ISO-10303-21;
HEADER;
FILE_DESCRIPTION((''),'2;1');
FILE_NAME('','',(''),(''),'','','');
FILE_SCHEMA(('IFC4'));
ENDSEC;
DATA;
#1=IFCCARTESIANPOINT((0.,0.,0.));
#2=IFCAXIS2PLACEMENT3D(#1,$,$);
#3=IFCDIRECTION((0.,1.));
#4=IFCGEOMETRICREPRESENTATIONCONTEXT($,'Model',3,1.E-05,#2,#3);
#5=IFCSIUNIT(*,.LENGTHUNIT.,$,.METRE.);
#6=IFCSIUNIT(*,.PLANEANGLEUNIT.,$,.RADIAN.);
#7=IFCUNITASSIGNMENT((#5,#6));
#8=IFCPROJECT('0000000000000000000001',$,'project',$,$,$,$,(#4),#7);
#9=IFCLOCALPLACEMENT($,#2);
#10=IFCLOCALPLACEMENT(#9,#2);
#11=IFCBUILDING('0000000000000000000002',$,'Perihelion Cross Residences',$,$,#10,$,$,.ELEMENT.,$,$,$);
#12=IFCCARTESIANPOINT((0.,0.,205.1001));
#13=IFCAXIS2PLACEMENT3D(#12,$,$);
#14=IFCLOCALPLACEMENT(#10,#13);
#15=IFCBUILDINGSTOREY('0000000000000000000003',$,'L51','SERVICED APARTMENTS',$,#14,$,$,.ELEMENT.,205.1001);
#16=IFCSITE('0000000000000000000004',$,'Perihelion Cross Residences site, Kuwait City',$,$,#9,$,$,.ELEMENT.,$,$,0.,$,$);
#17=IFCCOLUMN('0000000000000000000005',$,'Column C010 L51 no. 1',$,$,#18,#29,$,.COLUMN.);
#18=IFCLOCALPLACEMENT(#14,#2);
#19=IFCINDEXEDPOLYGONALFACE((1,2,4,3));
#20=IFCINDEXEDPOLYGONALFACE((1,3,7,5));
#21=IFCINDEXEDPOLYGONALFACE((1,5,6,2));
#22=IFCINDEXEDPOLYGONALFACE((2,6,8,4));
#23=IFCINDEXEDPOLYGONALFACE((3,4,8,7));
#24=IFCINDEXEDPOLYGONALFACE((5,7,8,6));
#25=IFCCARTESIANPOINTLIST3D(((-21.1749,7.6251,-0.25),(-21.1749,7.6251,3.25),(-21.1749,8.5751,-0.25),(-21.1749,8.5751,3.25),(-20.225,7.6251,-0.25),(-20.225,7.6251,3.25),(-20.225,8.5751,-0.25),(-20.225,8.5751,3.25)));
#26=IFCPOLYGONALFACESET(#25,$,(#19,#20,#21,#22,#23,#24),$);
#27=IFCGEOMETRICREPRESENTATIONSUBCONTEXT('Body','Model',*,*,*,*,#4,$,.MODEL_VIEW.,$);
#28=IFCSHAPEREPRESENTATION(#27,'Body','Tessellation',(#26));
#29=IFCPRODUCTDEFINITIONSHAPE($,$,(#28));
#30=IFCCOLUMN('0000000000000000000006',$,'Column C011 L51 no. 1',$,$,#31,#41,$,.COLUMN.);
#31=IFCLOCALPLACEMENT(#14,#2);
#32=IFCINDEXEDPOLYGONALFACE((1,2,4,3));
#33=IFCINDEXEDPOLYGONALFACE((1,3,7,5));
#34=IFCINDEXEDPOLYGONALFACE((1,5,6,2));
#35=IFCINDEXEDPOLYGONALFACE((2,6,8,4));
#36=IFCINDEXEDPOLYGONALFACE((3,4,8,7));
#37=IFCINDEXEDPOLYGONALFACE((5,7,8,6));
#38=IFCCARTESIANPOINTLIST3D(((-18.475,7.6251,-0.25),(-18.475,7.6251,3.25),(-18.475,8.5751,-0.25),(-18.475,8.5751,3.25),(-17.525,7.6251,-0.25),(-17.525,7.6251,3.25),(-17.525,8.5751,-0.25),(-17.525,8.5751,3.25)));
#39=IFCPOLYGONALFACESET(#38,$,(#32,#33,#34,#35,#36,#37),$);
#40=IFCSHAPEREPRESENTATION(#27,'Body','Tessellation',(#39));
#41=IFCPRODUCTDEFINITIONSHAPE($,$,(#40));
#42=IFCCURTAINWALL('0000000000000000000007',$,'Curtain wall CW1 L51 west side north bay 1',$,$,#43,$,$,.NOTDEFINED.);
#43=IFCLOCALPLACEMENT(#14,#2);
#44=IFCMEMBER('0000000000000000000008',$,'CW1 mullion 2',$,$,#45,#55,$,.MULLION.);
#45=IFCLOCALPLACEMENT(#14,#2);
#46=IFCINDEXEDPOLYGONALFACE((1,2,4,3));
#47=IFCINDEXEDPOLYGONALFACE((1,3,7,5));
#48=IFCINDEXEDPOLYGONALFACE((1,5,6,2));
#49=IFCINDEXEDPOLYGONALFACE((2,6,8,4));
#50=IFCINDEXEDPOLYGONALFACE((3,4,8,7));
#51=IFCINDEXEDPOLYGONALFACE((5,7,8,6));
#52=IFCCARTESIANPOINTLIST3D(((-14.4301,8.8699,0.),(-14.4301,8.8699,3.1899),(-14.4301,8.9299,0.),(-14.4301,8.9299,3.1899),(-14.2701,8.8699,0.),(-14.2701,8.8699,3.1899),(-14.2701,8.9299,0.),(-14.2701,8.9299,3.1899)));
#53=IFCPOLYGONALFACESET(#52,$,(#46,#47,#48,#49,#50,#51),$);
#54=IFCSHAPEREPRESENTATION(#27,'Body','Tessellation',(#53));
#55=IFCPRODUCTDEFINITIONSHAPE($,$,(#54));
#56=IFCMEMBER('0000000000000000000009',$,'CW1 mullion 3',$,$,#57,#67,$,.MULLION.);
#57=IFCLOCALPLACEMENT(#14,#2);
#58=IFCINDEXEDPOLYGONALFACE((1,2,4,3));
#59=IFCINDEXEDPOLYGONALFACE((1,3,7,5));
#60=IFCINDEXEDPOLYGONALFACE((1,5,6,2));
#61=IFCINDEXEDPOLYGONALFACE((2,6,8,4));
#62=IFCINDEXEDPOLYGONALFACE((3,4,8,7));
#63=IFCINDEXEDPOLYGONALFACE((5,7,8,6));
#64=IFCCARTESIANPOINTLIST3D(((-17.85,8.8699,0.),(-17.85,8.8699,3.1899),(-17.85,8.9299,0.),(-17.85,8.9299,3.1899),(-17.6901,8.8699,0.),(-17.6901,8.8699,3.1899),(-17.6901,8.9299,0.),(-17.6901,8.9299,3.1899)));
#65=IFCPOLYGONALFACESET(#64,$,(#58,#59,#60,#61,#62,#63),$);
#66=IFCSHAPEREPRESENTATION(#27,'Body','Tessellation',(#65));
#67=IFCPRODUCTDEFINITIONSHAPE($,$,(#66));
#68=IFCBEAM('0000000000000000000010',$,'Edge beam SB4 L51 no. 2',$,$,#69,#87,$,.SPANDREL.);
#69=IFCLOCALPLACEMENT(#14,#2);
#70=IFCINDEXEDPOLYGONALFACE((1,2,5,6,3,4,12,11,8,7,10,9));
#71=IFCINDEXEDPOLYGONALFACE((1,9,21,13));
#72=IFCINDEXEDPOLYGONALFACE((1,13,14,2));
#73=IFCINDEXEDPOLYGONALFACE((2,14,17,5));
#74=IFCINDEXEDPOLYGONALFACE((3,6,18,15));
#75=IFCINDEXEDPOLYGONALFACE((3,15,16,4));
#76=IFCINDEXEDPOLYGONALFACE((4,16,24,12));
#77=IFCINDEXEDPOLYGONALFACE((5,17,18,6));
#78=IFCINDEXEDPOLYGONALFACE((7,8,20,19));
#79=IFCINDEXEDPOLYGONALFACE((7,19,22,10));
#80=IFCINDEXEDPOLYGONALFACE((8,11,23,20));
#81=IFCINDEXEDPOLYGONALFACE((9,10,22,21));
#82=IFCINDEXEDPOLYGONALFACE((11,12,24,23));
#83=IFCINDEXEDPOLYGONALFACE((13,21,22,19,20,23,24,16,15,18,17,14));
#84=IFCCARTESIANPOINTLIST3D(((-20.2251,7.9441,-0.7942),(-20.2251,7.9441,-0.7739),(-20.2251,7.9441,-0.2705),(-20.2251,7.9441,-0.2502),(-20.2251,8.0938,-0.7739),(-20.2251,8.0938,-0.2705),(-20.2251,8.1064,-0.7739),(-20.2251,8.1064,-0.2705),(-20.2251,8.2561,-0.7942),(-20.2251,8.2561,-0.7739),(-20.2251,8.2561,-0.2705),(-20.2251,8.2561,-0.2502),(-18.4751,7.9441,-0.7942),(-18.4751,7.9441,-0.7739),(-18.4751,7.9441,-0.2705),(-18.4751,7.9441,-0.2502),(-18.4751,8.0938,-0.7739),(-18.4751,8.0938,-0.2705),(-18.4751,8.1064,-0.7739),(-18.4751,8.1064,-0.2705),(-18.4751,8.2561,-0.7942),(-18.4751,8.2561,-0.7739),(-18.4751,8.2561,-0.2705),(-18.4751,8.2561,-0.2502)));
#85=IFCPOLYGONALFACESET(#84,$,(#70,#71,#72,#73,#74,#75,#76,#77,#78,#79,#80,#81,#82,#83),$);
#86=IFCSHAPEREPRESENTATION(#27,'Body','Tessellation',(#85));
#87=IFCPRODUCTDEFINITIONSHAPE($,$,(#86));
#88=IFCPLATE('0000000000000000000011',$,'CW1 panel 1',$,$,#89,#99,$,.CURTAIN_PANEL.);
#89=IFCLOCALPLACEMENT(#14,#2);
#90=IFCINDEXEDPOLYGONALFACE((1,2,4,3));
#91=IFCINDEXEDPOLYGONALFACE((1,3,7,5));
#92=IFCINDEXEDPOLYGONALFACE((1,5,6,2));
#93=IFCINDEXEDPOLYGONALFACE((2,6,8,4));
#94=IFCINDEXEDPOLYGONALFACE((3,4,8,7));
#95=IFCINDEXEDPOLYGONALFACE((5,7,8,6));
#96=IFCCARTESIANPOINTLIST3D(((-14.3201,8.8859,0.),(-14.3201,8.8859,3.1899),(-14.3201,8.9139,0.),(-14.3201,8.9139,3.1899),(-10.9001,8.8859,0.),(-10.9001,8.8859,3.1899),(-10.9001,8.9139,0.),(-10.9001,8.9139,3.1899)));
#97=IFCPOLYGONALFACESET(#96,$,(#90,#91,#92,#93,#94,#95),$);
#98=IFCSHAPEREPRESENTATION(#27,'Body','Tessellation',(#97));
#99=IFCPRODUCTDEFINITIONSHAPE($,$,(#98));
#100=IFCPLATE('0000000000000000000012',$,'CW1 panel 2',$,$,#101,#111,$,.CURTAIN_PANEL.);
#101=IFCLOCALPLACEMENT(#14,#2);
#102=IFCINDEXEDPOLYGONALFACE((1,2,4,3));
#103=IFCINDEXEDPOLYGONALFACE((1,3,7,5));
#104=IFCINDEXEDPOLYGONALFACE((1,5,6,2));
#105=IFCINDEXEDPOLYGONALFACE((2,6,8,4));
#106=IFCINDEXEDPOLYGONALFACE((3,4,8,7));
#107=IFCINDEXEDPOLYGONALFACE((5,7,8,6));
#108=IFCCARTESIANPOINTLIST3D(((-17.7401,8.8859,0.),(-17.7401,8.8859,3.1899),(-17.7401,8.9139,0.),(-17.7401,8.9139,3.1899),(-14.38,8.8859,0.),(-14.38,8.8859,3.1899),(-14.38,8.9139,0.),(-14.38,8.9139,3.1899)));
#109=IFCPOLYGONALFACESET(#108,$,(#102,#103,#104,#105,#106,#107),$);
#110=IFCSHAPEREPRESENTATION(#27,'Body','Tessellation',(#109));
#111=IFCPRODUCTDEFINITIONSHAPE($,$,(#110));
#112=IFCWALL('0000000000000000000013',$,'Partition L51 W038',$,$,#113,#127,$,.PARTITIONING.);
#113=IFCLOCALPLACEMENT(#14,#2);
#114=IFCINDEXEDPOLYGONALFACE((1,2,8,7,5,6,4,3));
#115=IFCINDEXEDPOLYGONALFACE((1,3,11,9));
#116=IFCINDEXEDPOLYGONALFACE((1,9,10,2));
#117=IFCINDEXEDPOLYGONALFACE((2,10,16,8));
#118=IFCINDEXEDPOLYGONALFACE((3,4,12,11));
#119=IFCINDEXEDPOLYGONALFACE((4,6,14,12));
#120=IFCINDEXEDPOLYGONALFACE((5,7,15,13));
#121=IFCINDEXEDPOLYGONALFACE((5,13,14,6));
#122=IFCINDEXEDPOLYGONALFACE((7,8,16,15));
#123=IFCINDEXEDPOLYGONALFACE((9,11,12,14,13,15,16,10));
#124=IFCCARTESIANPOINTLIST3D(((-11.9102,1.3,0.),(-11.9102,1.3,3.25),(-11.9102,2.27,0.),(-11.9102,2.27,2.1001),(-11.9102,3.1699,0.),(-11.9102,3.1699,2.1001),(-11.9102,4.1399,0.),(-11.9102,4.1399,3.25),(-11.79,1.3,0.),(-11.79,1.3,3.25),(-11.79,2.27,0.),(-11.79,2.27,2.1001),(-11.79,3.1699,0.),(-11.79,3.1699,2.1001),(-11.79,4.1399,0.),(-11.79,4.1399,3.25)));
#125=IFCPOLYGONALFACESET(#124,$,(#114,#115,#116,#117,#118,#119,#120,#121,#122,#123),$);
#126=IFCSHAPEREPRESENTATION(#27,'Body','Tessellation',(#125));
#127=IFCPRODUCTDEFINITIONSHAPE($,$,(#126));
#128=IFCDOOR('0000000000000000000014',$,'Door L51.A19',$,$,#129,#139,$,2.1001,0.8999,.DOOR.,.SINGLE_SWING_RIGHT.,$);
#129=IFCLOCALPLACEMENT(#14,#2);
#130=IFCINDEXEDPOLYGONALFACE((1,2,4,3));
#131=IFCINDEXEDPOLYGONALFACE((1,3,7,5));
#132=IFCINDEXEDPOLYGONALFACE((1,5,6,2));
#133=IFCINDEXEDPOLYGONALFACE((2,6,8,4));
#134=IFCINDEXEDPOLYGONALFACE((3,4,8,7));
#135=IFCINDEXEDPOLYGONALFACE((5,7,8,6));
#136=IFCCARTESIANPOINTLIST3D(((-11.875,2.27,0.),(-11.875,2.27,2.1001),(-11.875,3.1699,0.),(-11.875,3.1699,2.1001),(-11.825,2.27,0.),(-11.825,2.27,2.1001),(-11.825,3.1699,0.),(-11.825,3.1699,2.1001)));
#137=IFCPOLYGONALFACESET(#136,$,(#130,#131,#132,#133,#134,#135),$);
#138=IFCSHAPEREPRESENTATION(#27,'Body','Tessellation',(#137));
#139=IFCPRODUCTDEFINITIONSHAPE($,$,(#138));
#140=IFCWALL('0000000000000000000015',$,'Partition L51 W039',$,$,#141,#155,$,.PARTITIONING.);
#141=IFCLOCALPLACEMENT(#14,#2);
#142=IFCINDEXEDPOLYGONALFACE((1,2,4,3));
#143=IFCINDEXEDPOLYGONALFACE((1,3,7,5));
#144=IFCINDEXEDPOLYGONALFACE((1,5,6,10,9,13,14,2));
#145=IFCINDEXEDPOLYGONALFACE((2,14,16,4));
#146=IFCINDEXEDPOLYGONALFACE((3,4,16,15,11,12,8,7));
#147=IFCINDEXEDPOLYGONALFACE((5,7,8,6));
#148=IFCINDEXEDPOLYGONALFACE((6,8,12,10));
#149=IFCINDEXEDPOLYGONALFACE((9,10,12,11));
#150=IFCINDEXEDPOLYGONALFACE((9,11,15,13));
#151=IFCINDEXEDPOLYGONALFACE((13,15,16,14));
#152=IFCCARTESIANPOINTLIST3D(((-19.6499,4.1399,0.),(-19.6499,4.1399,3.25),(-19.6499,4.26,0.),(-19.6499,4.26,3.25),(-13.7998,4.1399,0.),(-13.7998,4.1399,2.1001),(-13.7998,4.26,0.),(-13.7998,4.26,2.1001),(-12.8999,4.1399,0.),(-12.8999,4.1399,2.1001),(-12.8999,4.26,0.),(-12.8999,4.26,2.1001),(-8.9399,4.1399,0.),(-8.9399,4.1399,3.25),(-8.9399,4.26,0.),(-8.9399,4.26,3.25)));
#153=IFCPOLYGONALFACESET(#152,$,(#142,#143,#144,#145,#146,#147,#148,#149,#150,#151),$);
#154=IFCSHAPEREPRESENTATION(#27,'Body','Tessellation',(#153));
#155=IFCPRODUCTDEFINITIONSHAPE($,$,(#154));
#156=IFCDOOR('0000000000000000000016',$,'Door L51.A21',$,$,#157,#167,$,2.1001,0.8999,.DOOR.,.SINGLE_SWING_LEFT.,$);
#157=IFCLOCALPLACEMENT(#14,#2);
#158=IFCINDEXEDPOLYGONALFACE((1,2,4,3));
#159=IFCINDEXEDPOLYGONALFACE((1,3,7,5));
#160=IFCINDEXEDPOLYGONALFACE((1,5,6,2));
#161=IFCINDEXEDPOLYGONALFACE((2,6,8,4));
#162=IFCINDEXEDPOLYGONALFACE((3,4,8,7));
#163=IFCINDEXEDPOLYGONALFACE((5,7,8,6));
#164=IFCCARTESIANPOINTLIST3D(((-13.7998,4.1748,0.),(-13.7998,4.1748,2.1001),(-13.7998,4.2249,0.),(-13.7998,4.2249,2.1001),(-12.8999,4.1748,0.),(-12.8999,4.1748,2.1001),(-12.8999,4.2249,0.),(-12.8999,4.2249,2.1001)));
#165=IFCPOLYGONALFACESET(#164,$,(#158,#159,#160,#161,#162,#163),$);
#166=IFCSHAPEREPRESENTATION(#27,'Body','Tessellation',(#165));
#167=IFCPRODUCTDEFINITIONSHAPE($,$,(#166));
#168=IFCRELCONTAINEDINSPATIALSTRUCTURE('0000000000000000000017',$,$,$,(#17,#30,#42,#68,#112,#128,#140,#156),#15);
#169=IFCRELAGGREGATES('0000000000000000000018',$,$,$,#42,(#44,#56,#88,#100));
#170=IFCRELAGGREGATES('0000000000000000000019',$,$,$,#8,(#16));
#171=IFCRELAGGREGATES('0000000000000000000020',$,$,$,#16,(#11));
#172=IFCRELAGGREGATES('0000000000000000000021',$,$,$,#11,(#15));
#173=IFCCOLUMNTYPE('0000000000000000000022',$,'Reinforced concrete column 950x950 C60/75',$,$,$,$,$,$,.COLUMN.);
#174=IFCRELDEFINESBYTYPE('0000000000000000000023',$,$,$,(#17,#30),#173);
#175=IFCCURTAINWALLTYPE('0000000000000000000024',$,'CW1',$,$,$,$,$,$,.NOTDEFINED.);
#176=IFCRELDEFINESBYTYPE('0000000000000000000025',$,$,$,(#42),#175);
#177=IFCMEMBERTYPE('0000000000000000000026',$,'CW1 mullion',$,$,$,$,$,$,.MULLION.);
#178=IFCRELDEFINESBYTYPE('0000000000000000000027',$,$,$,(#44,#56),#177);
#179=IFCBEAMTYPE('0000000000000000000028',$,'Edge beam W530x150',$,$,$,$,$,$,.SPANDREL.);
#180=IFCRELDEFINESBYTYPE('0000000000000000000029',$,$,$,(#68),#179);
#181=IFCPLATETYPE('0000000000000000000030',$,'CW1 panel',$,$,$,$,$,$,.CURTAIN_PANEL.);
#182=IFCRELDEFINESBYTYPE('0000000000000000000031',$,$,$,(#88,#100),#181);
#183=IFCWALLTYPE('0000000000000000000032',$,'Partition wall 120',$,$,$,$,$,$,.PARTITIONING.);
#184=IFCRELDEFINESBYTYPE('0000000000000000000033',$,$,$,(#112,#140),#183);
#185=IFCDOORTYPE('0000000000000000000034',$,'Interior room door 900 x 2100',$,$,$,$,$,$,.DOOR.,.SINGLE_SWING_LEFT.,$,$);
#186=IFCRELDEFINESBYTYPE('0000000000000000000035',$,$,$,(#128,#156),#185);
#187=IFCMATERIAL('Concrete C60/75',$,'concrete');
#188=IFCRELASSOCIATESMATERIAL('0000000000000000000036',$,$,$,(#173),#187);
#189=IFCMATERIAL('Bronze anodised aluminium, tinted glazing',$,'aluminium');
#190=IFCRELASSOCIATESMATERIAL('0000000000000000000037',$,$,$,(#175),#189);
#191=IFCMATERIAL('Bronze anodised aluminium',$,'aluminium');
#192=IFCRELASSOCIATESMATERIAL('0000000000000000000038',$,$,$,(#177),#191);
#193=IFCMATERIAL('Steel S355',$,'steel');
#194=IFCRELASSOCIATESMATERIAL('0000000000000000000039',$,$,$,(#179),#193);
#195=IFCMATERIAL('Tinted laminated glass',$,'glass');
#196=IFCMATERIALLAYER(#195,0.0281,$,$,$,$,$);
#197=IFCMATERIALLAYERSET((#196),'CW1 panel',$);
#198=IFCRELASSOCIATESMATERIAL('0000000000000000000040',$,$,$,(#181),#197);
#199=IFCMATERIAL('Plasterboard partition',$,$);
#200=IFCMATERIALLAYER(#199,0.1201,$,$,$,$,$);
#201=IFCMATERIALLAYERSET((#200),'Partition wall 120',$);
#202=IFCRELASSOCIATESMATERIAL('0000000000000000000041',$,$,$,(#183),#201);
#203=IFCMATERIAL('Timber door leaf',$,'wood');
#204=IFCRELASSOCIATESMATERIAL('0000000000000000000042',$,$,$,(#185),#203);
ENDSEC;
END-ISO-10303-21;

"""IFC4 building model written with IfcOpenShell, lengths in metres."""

from ifc_helpers import new_model, si_unit, direction, frame, frame_2d, origin, origin_2d, place, context, subcontext, project, spatial, rectangle, i_section, extrude, material, layer, layer_set, material_profile, profile_set, type_object, element, fill, aggregate, save


model = new_model("IFC4")

# Units and contexts
model_context = context("Model", 3, precision=1e-05, world=origin(), true_north=direction((0.0, 1.0)))
body_context = subcontext(model_context, "Body", "Model", "MODEL_VIEW")
ifc_project = project(units=[si_unit("LENGTHUNIT", "METRE"), si_unit("PLANEANGLEUNIT", "RADIAN")], contexts=[model_context])

# Site, building, storey
site_placement = place(None, origin())
site = spatial("IfcSite", under=ifc_project, at=site_placement, Name="Perihelion Cross Residences site, Kuwait City", CompositionType="ELEMENT", RefElevation=0.0)
building_placement = place(site_placement, origin())
building = spatial("IfcBuilding", under=site, at=building_placement, Name="Perihelion Cross Residences", CompositionType="ELEMENT")
storey_placement = place(building_placement, frame((0.0, 0.0, 205.1001)))
storey = spatial("IfcBuildingStorey", under=building, at=storey_placement, Name="L51", Description="SERVICED APARTMENTS", CompositionType="ELEMENT", Elevation=205.1001)

# Columns
ifc_material_1 = material(Name="Concrete C60/75", Category="concrete")
ifc_material_profile_1 = material_profile(ifc_material_1, rectangle(XDim=0.95, YDim=0.95, at=origin_2d()), Name="RC 950x950")
ifc_profile_set_1 = profile_set([ifc_material_profile_1], Name="Concrete C60/75")
column_type = type_object("IfcColumnType", Name="Reinforced concrete column 950x950 C60/75", PredefinedType="COLUMN", material=ifc_profile_set_1)
for number, where, z_axis, x_axis, name in (
    (1, (-20.7, 8.1001, -0.25), (0.0, 0.0, 1.0), (1.0, 0.0, 0.0), "Column C010 L51 no. 1"),
    (2, (-18.0, 8.1001, -0.25), (0.0, 0.0, 1.0), (1.0, 0.0, 0.0), "Column C011 L51 no. 1"),
):
    element("IfcColumn", number, at=place(storey_placement, frame(where, z_axis=z_axis, x_axis=x_axis)), inside=storey, type_object=column_type, Name=name, PredefinedType="COLUMN", context=body_context, shape_type="SweptSolid", body=[
        extrude(rectangle(XDim=0.95, YDim=0.95, at=origin_2d()), origin(), (0.0, 0.0, 1.0), 3.5),
    ])

# Curtain wall, members
ifc_material_2 = material(Name="Bronze anodised aluminium, tinted glazing", Category="aluminium")
curtain_wall_type = type_object("IfcCurtainWallType", Name="CW1", PredefinedType="NOTDEFINED", material=ifc_material_2)
curtain_wall_placement = place(storey_placement, origin())
curtain_wall = element("IfcCurtainWall", 3, at=curtain_wall_placement, inside=storey, type_object=curtain_wall_type, Name="Curtain wall CW1 L51 west side north bay 1", PredefinedType="NOTDEFINED")
ifc_material_3 = material(Name="Bronze anodised aluminium", Category="aluminium")
ifc_material_profile_2 = material_profile(ifc_material_3, rectangle(XDim=0.0601, YDim=0.1599, at=origin_2d()), Name="CW1 mullion")
ifc_profile_set_2 = profile_set([ifc_material_profile_2], Name="Bronze anodised aluminium")
member_type = type_object("IfcMemberType", Name="CW1 mullion", PredefinedType="MULLION", material=ifc_profile_set_2)
member_1_placement = place(storey_placement, frame((-14.3501, 8.8999, 0.0), z_axis=(0.0, 0.0, 1.0), x_axis=(0.0, -1.0, 0.0)))
member_1 = element("IfcMember", 4, at=member_1_placement, type_object=member_type, Name="CW1 mullion 2", PredefinedType="MULLION", context=body_context, shape_type="SweptSolid", body=[
    extrude(rectangle(XDim=0.0601, YDim=0.1599, at=origin_2d()), origin(), (0.0, 0.0, 1.0), 3.1899),
])
member_2_placement = place(storey_placement, frame((-17.77, 8.8999, 0.0), z_axis=(0.0, 0.0, 1.0), x_axis=(0.0, -1.0, 0.0)))
member_2 = element("IfcMember", 5, at=member_2_placement, type_object=member_type, Name="CW1 mullion 3", PredefinedType="MULLION", context=body_context, shape_type="SweptSolid", body=[
    extrude(rectangle(XDim=0.0601, YDim=0.1599, at=origin_2d()), origin(), (0.0, 0.0, 1.0), 3.1899),
])

# Beam
ifc_material_4 = material(Name="Steel S355", Category="steel")
ifc_material_profile_3 = material_profile(ifc_material_4, i_section(OverallWidth=0.312, OverallDepth=0.5439, WebThickness=0.0127, FlangeThickness=0.0203, at=origin_2d()), Name="W530x150")
ifc_profile_set_3 = profile_set([ifc_material_profile_3], Name="Steel S355")
beam_type = type_object("IfcBeamType", Name="Edge beam W530x150", PredefinedType="SPANDREL", material=ifc_profile_set_3)
beam_placement = place(storey_placement, frame((-18.4751, 8.1001, -0.5222), z_axis=(-1.0, 0.0, 0.0), x_axis=(0.0, -1.0, 0.0)))
element("IfcBeam", 6, at=beam_placement, inside=storey, type_object=beam_type, Name="Edge beam SB4 L51 no. 2", PredefinedType="SPANDREL", context=body_context, shape_type="SweptSolid", body=[
    extrude(i_section(OverallWidth=0.312, OverallDepth=0.5439, WebThickness=0.0127, FlangeThickness=0.0203, at=origin_2d()), origin(), (0.0, 0.0, 1.0), 1.75),
])

# Plates
ifc_material_5 = material(Name="Tinted laminated glass", Category="glass")
ifc_layer_1 = layer(ifc_material_5, 0.0281)
ifc_layer_set_1 = layer_set([ifc_layer_1], Name="CW1 panel")
plate_type = type_object("IfcPlateType", Name="CW1 panel", PredefinedType="CURTAIN_PANEL", material=ifc_layer_set_1)
plate_1_placement = place(storey_placement, frame((-12.6101, 8.8999, 0.0), z_axis=(0.0, 0.0, 1.0), x_axis=(-1.0, 0.0, 0.0)))
plate_1 = element("IfcPlate", 7, at=plate_1_placement, type_object=plate_type, Name="CW1 panel 1", PredefinedType="CURTAIN_PANEL", context=body_context, shape_type="SweptSolid", body=[
    extrude(rectangle(XDim=3.4199, YDim=0.0281, at=origin_2d()), origin(), (0.0, 0.0, 1.0), 3.1899),
])
plate_2_placement = place(storey_placement, frame((-16.0601, 8.8999, 0.0), z_axis=(0.0, 0.0, 1.0), x_axis=(-1.0, 0.0, 0.0)))
plate_2 = element("IfcPlate", 8, at=plate_2_placement, type_object=plate_type, Name="CW1 panel 2", PredefinedType="CURTAIN_PANEL", context=body_context, shape_type="SweptSolid", body=[
    extrude(rectangle(XDim=3.3601, YDim=0.0281, at=origin_2d()), origin(), (0.0, 0.0, 1.0), 3.1899),
])
aggregate(curtain_wall, [member_1, member_2, plate_1, plate_2])

# Walls, openings, doors
ifc_material_6 = material(Name="Plasterboard partition")
ifc_layer_2 = layer(ifc_material_6, 0.1201)
ifc_layer_set_2 = layer_set([ifc_layer_2], Name="Partition wall 120")
wall_type_1 = type_object("IfcWallType", Name="Partition wall 120", PredefinedType="PARTITIONING", material=ifc_layer_set_2)
wall_1_placement = place(storey_placement, frame((-11.8501, 1.3, 0.0), z_axis=(0.0, 0.0, 1.0), x_axis=(0.0, 1.0, 0.0)))
wall_1 = element("IfcWall", 9, at=wall_1_placement, inside=storey, type_object=wall_type_1, Name="Partition L51 W038", PredefinedType="PARTITIONING", context=body_context, shape_type="SweptSolid", body=[
    extrude(rectangle(XDim=2.8398, YDim=0.1201, at=frame_2d((1.4199, 0.0))), origin(), (0.0, 0.0, 1.0), 3.25),
])
opening_1_placement = place(wall_1_placement, frame((0.97, 0.0, 0.0)))
opening_1 = element("IfcOpeningElement", 10, at=opening_1_placement, cuts=wall_1, PredefinedType="OPENING", context=body_context, shape_type="SweptSolid", body=[
    extrude(rectangle(XDim=0.8999, YDim=2.1001, at=frame_2d((0.45, 1.05))), frame((0.0, 0.0701, 0.0), z_axis=(0.0, -1.0, 0.0), x_axis=(1.0, 0.0, 0.0)), (0.0, 0.0, 1.0), 0.1401),
])
ifc_material_7 = material(Name="Timber door leaf", Category="wood")
door_type_1 = type_object("IfcDoorType", Name="Interior room door 900 x 2100", OperationType="SINGLE_SWING_LEFT", PredefinedType="DOOR", material=ifc_material_7)
door_1_placement = place(opening_1_placement, origin())
door_1 = element("IfcDoor", 11, at=door_1_placement, inside=storey, type_object=door_type_1, Name="Door L51.A19", OperationType="SINGLE_SWING_RIGHT", OverallHeight=2.1001, OverallWidth=0.8999, PredefinedType="DOOR", context=body_context, shape_type="SweptSolid", body=[
    extrude(rectangle(XDim=0.8999, YDim=2.1001, at=frame_2d((0.45, 1.05))), frame((0.0, 0.0249, 0.0), z_axis=(0.0, -1.0, 0.0), x_axis=(1.0, 0.0, 0.0)), (0.0, 0.0, 1.0), 0.05),
])
fill(opening_1, door_1)
wall_2_placement = place(storey_placement, frame((-19.6499, 4.2, 0.0), z_axis=(0.0, 0.0, 1.0), x_axis=(1.0, 0.0, 0.0)))
wall_2 = element("IfcWall", 12, at=wall_2_placement, inside=storey, type_object=wall_type_1, Name="Partition L51 W039", PredefinedType="PARTITIONING", context=body_context, shape_type="SweptSolid", body=[
    extrude(rectangle(XDim=10.71, YDim=0.1201, at=frame_2d((5.355, 0.0))), origin(), (0.0, 0.0, 1.0), 3.25),
])
opening_2_placement = place(wall_2_placement, frame((5.8501, 0.0, 0.0)))
opening_2 = element("IfcOpeningElement", 13, at=opening_2_placement, cuts=wall_2, PredefinedType="OPENING", context=body_context, shape_type="SweptSolid", body=[
    extrude(rectangle(XDim=0.8999, YDim=2.1001, at=frame_2d((0.45, 1.05))), frame((0.0, 0.0701, 0.0), z_axis=(0.0, -1.0, 0.0), x_axis=(1.0, 0.0, 0.0)), (0.0, 0.0, 1.0), 0.1401),
])
door_2_placement = place(opening_2_placement, origin())
door_2 = element("IfcDoor", 14, at=door_2_placement, inside=storey, type_object=door_type_1, Name="Door L51.A21", OperationType="SINGLE_SWING_LEFT", OverallHeight=2.1001, OverallWidth=0.8999, PredefinedType="DOOR", context=body_context, shape_type="SweptSolid", body=[
    extrude(rectangle(XDim=0.8999, YDim=2.1001, at=frame_2d((0.45, 1.05))), frame((0.0, 0.0249, 0.0), z_axis=(0.0, -1.0, 0.0), x_axis=(1.0, 0.0, 0.0)), (0.0, 0.0, 1.0), 0.05),
])
fill(opening_2, door_2)

save(model, "model.ifc")
